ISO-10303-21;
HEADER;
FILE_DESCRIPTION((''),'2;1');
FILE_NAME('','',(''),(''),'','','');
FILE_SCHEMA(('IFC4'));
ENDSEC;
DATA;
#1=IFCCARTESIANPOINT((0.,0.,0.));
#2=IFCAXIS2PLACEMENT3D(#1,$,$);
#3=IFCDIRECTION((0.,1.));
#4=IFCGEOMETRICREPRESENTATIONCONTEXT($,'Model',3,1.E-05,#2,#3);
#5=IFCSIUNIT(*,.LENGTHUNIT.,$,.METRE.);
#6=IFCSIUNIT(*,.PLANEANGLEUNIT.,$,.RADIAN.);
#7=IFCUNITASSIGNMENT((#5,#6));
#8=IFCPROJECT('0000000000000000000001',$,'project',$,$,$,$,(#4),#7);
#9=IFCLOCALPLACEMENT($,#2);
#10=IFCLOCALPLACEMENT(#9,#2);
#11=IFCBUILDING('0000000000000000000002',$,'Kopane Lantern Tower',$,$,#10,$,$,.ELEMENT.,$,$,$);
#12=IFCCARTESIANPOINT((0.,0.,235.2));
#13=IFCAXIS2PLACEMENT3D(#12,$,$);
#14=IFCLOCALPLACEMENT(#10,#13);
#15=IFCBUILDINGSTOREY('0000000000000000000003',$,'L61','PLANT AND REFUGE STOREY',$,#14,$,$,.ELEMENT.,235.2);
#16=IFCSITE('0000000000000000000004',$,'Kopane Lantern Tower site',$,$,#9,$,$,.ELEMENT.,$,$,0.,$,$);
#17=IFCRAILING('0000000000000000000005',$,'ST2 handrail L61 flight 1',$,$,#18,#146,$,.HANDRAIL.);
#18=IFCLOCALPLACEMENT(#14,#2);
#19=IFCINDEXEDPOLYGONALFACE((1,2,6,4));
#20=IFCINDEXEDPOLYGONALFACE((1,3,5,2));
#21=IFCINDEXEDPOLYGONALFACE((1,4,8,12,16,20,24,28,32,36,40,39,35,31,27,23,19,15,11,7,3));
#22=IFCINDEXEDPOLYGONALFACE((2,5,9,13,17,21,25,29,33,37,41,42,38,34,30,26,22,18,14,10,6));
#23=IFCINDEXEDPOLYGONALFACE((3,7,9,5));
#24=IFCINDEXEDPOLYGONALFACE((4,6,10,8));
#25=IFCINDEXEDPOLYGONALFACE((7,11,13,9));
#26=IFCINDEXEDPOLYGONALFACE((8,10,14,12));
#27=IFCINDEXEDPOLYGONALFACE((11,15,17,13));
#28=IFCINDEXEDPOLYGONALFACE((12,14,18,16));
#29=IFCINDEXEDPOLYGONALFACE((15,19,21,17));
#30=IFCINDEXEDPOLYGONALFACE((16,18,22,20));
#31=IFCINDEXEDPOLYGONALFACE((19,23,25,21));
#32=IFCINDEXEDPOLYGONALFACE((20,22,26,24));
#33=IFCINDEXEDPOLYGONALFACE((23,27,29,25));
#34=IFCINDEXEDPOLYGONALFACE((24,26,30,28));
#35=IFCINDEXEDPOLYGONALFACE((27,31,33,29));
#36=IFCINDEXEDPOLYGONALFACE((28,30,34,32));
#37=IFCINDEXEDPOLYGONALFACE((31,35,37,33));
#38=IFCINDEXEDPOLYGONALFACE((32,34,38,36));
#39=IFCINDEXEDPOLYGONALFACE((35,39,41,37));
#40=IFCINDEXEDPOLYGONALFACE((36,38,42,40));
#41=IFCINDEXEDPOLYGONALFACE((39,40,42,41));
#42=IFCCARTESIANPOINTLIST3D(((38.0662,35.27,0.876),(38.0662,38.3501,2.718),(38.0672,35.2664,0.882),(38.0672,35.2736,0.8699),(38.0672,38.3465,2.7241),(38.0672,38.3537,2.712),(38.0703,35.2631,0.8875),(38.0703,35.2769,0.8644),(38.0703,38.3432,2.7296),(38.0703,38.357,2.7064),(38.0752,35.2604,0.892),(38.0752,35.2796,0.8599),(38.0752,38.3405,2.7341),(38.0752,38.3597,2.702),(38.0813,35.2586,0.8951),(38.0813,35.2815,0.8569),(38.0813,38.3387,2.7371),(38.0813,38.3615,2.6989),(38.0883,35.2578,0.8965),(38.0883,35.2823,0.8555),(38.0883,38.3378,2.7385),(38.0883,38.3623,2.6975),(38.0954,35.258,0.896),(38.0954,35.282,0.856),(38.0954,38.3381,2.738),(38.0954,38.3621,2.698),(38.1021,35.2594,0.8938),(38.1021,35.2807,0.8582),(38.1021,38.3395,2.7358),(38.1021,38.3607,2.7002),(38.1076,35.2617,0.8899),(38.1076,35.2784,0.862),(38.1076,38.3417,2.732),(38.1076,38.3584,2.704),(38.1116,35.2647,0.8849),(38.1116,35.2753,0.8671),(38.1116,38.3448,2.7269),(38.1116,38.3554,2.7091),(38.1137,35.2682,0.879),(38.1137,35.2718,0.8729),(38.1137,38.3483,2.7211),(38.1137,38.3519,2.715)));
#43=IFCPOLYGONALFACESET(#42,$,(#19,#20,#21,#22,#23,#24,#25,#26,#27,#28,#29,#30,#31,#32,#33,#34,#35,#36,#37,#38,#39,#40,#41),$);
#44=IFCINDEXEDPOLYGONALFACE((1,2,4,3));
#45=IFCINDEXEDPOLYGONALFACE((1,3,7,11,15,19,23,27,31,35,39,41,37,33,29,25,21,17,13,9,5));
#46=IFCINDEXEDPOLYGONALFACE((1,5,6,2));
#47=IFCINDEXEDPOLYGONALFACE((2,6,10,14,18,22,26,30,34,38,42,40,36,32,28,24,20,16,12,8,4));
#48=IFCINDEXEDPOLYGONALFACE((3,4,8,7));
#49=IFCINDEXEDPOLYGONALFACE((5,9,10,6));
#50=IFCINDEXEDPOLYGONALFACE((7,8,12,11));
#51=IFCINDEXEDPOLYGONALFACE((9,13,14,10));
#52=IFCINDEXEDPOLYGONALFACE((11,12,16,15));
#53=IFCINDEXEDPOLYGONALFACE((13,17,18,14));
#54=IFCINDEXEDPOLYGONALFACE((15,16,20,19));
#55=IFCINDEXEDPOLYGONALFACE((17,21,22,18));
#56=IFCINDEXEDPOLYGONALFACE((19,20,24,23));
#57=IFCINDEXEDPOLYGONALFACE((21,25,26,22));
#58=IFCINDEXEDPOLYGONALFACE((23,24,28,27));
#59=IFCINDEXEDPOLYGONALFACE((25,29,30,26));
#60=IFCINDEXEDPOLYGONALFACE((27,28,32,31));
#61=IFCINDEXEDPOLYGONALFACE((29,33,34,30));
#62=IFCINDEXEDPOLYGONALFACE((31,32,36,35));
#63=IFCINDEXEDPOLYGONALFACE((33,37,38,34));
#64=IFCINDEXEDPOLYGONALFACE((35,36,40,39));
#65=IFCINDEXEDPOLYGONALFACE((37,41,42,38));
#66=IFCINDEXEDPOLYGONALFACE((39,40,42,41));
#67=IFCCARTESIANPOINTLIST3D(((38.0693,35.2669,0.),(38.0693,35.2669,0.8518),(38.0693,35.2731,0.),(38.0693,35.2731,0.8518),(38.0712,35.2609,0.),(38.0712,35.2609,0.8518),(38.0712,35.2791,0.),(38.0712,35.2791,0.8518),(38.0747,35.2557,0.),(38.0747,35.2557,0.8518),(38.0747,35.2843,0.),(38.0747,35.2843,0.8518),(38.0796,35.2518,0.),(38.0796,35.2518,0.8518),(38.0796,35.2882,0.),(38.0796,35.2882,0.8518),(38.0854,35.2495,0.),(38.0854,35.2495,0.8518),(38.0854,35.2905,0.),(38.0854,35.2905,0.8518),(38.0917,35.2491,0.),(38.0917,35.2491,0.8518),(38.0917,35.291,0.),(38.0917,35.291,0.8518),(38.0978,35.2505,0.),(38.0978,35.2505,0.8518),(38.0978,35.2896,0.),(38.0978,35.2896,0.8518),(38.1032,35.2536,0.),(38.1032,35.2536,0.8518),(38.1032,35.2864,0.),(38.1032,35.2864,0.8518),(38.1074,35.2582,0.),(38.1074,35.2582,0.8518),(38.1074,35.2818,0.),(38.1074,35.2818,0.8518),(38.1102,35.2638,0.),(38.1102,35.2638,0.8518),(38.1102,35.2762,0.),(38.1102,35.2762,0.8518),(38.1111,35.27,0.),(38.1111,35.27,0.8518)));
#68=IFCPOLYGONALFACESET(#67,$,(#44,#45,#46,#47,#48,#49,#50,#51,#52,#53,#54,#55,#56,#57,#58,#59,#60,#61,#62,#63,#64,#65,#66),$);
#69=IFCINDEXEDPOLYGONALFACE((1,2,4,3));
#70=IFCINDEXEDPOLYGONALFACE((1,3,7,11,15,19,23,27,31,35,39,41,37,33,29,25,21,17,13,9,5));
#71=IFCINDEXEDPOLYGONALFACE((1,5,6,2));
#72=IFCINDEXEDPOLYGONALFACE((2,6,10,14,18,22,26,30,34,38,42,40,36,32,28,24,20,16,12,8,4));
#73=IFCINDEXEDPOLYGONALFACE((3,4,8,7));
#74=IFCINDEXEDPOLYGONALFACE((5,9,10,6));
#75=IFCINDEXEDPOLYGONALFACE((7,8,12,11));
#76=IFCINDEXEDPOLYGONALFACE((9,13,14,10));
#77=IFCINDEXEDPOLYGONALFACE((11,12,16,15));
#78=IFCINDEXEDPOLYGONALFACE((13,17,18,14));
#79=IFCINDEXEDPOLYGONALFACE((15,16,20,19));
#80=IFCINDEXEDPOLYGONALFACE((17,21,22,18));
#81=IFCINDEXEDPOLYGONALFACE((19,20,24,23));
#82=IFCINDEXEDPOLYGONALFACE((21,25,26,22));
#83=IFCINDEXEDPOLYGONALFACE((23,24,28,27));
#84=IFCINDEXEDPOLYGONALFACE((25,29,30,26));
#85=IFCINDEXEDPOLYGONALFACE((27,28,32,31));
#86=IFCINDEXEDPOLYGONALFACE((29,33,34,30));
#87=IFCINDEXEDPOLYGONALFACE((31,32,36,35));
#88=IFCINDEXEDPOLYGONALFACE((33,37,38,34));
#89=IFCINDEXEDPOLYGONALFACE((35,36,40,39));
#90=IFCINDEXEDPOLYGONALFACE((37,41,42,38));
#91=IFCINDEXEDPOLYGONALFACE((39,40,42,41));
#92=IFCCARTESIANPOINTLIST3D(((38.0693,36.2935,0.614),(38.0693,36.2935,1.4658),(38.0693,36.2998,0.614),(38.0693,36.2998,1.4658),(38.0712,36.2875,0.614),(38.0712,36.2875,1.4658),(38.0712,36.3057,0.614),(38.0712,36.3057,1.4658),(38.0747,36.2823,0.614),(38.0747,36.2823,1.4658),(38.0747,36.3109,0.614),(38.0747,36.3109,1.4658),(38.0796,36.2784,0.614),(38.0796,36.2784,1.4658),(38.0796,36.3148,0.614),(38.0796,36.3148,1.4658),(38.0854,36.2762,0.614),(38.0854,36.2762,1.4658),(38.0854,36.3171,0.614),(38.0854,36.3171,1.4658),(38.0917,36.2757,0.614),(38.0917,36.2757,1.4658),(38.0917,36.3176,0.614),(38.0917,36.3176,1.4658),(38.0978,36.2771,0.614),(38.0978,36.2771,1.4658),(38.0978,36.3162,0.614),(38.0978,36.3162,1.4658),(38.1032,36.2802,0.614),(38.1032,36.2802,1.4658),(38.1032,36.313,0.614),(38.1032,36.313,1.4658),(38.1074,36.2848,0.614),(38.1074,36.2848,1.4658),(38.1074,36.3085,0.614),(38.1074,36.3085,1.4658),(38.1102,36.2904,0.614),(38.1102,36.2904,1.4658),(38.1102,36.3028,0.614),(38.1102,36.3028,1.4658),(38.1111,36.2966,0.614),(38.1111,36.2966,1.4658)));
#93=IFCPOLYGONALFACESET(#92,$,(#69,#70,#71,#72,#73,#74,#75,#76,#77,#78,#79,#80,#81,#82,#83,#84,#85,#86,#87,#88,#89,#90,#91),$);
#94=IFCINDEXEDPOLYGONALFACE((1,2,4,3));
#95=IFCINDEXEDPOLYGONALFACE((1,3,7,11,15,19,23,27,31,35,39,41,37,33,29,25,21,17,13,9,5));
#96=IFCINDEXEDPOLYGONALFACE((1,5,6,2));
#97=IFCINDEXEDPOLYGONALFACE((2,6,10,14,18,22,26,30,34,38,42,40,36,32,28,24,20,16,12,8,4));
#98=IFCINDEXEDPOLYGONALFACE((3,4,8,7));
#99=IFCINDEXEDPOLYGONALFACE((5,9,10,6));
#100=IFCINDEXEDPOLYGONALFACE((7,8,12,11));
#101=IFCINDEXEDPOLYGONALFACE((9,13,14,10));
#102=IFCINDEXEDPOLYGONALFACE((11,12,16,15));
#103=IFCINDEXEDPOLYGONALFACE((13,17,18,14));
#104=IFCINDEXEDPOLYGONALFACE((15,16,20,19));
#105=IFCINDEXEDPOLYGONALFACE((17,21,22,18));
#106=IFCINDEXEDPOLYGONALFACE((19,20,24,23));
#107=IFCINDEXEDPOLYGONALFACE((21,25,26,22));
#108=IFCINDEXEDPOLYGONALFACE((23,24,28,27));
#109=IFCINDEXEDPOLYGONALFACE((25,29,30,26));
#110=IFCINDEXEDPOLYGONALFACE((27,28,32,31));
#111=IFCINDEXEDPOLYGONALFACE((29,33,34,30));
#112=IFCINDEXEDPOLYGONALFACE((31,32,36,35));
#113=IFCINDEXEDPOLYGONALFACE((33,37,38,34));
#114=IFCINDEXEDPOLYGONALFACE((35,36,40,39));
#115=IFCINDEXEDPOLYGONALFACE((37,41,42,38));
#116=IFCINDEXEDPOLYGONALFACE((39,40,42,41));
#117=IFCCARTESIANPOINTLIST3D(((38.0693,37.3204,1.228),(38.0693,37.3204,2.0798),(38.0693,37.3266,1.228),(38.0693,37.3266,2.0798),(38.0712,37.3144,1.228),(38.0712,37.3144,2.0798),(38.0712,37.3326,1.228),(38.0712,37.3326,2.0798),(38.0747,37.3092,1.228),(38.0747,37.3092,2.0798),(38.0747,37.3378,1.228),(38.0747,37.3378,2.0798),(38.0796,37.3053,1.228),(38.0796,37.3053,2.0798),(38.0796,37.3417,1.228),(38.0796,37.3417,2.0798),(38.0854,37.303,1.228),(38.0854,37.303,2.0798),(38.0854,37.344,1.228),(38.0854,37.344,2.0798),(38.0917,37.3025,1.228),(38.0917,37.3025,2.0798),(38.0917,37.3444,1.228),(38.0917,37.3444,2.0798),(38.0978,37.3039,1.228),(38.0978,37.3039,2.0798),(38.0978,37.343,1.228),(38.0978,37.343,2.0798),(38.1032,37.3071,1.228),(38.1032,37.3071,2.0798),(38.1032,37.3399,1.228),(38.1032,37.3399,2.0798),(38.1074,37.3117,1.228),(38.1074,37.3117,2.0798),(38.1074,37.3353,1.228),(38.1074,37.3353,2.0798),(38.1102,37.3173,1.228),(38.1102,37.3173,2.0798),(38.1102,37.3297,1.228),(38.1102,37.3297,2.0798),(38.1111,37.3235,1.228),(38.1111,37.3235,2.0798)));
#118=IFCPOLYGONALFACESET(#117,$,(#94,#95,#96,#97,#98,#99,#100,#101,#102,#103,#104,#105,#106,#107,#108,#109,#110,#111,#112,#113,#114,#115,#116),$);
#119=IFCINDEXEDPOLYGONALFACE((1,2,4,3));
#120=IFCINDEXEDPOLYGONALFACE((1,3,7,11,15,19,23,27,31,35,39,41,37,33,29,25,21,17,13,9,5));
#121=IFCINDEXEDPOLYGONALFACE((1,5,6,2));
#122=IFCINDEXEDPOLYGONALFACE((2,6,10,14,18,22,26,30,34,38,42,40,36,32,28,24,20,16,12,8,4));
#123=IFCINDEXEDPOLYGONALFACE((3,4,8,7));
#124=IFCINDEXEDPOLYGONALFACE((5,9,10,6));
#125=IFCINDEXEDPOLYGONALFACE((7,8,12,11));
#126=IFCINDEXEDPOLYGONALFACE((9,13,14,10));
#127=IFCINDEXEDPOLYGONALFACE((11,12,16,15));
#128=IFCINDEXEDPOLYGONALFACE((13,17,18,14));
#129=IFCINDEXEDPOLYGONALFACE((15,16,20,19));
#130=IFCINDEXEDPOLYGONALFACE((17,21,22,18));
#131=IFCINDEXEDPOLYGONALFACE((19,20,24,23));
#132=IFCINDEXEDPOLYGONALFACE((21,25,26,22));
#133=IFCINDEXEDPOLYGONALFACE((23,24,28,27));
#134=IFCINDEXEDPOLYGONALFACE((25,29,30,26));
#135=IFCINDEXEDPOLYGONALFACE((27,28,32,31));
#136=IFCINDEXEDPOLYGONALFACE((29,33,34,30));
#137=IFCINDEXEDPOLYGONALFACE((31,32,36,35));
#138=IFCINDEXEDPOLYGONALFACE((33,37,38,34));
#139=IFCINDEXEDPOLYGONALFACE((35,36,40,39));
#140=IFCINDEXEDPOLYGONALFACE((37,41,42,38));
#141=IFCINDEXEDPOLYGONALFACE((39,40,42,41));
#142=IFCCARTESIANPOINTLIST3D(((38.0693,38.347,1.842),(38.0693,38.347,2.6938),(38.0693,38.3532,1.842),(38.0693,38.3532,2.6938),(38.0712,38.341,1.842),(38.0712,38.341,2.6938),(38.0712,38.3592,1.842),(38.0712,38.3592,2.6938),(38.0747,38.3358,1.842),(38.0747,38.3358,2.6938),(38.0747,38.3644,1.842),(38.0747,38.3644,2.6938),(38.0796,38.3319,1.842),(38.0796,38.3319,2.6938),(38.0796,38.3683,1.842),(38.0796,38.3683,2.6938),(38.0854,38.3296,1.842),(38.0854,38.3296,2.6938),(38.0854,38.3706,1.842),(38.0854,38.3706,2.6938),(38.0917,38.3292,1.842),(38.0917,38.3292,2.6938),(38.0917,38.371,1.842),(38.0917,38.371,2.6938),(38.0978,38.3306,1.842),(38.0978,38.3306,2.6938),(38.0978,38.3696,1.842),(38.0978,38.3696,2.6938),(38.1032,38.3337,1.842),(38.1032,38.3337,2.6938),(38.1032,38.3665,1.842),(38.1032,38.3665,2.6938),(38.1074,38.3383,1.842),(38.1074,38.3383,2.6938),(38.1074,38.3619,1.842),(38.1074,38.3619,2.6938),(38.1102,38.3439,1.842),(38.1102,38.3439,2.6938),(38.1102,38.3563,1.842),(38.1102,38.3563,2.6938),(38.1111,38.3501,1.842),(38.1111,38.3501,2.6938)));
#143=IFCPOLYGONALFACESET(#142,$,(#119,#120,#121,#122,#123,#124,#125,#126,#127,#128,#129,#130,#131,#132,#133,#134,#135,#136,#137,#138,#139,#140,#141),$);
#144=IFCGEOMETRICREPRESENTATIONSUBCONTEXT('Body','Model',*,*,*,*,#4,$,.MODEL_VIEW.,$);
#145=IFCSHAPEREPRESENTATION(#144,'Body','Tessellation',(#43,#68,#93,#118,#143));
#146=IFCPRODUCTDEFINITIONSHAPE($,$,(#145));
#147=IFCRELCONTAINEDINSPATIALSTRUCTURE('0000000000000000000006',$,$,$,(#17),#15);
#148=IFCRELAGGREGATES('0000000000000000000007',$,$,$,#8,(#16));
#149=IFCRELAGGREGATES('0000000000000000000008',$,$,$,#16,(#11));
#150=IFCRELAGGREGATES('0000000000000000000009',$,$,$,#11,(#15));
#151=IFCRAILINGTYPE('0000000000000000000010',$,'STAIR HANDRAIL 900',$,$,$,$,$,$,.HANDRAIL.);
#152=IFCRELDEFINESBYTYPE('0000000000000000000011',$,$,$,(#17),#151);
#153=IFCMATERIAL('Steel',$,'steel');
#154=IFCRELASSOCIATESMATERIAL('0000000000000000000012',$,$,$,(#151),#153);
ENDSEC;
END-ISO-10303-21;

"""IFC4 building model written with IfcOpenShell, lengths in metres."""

from ifc_helpers import new_model, si_unit, direction, frame, origin, origin_2d, place, context, subcontext, project, spatial, circle, extrude, material, type_object, element, save


model = new_model("IFC4")

# Units and contexts
model_context = context("Model", 3, precision=1e-05, world=origin(), true_north=direction((0.0, 1.0)))
body_context = subcontext(model_context, "Body", "Model", "MODEL_VIEW")
ifc_project = project(units=[si_unit("LENGTHUNIT", "METRE"), si_unit("PLANEANGLEUNIT", "RADIAN")], contexts=[model_context])

# Site, building, storey
site_placement = place(None, origin())
site = spatial("IfcSite", under=ifc_project, at=site_placement, Name="Kopane Lantern Tower site", CompositionType="ELEMENT", RefElevation=0.0)
building_placement = place(site_placement, origin())
building = spatial("IfcBuilding", under=site, at=building_placement, Name="Kopane Lantern Tower", CompositionType="ELEMENT")
storey_placement = place(building_placement, frame((0.0, 0.0, 235.2)))
storey = spatial("IfcBuildingStorey", under=building, at=storey_placement, Name="L61", Description="PLANT AND REFUGE STOREY", CompositionType="ELEMENT", Elevation=235.2)

# Railing
ifc_material_1 = material(Name="Steel", Category="steel")
railing_type = type_object("IfcRailingType", Name="STAIR HANDRAIL 900", PredefinedType="HANDRAIL", material=ifc_material_1)
for number, where, name in (
    (1, (38.0901, 35.27, 0.0), "ST2 handrail L61 flight 1"),
):
    element("IfcRailing", number, at=place(storey_placement, frame(where)), inside=storey, type_object=railing_type, Name=name, PredefinedType="HANDRAIL", context=body_context, shape_type="SweptSolid", body=[
        extrude(circle(Radius=0.0239, at=origin_2d()), frame((0.0, 0.0, 0.876), z_axis=(0.0, 0.85823, 0.513265), x_axis=(-1.0, 0.0, 0.0)), (0.0, 0.0, 1.0), 3.5889),
        extrude(circle(Radius=0.021, at=origin_2d()), origin(), (0.0, 0.0, 1.0), 0.8518),
        extrude(circle(Radius=0.021, at=origin_2d()), frame((0.0, 1.0266, 0.614)), (0.0, 0.0, 1.0), 0.8518),
        extrude(circle(Radius=0.021, at=origin_2d()), frame((0.0, 2.0535, 1.228)), (0.0, 0.0, 1.0), 0.8518),
        extrude(circle(Radius=0.021, at=origin_2d()), frame((0.0, 3.0801, 1.842)), (0.0, 0.0, 1.0), 0.8518),
    ])

save(model, "model.ifc")
